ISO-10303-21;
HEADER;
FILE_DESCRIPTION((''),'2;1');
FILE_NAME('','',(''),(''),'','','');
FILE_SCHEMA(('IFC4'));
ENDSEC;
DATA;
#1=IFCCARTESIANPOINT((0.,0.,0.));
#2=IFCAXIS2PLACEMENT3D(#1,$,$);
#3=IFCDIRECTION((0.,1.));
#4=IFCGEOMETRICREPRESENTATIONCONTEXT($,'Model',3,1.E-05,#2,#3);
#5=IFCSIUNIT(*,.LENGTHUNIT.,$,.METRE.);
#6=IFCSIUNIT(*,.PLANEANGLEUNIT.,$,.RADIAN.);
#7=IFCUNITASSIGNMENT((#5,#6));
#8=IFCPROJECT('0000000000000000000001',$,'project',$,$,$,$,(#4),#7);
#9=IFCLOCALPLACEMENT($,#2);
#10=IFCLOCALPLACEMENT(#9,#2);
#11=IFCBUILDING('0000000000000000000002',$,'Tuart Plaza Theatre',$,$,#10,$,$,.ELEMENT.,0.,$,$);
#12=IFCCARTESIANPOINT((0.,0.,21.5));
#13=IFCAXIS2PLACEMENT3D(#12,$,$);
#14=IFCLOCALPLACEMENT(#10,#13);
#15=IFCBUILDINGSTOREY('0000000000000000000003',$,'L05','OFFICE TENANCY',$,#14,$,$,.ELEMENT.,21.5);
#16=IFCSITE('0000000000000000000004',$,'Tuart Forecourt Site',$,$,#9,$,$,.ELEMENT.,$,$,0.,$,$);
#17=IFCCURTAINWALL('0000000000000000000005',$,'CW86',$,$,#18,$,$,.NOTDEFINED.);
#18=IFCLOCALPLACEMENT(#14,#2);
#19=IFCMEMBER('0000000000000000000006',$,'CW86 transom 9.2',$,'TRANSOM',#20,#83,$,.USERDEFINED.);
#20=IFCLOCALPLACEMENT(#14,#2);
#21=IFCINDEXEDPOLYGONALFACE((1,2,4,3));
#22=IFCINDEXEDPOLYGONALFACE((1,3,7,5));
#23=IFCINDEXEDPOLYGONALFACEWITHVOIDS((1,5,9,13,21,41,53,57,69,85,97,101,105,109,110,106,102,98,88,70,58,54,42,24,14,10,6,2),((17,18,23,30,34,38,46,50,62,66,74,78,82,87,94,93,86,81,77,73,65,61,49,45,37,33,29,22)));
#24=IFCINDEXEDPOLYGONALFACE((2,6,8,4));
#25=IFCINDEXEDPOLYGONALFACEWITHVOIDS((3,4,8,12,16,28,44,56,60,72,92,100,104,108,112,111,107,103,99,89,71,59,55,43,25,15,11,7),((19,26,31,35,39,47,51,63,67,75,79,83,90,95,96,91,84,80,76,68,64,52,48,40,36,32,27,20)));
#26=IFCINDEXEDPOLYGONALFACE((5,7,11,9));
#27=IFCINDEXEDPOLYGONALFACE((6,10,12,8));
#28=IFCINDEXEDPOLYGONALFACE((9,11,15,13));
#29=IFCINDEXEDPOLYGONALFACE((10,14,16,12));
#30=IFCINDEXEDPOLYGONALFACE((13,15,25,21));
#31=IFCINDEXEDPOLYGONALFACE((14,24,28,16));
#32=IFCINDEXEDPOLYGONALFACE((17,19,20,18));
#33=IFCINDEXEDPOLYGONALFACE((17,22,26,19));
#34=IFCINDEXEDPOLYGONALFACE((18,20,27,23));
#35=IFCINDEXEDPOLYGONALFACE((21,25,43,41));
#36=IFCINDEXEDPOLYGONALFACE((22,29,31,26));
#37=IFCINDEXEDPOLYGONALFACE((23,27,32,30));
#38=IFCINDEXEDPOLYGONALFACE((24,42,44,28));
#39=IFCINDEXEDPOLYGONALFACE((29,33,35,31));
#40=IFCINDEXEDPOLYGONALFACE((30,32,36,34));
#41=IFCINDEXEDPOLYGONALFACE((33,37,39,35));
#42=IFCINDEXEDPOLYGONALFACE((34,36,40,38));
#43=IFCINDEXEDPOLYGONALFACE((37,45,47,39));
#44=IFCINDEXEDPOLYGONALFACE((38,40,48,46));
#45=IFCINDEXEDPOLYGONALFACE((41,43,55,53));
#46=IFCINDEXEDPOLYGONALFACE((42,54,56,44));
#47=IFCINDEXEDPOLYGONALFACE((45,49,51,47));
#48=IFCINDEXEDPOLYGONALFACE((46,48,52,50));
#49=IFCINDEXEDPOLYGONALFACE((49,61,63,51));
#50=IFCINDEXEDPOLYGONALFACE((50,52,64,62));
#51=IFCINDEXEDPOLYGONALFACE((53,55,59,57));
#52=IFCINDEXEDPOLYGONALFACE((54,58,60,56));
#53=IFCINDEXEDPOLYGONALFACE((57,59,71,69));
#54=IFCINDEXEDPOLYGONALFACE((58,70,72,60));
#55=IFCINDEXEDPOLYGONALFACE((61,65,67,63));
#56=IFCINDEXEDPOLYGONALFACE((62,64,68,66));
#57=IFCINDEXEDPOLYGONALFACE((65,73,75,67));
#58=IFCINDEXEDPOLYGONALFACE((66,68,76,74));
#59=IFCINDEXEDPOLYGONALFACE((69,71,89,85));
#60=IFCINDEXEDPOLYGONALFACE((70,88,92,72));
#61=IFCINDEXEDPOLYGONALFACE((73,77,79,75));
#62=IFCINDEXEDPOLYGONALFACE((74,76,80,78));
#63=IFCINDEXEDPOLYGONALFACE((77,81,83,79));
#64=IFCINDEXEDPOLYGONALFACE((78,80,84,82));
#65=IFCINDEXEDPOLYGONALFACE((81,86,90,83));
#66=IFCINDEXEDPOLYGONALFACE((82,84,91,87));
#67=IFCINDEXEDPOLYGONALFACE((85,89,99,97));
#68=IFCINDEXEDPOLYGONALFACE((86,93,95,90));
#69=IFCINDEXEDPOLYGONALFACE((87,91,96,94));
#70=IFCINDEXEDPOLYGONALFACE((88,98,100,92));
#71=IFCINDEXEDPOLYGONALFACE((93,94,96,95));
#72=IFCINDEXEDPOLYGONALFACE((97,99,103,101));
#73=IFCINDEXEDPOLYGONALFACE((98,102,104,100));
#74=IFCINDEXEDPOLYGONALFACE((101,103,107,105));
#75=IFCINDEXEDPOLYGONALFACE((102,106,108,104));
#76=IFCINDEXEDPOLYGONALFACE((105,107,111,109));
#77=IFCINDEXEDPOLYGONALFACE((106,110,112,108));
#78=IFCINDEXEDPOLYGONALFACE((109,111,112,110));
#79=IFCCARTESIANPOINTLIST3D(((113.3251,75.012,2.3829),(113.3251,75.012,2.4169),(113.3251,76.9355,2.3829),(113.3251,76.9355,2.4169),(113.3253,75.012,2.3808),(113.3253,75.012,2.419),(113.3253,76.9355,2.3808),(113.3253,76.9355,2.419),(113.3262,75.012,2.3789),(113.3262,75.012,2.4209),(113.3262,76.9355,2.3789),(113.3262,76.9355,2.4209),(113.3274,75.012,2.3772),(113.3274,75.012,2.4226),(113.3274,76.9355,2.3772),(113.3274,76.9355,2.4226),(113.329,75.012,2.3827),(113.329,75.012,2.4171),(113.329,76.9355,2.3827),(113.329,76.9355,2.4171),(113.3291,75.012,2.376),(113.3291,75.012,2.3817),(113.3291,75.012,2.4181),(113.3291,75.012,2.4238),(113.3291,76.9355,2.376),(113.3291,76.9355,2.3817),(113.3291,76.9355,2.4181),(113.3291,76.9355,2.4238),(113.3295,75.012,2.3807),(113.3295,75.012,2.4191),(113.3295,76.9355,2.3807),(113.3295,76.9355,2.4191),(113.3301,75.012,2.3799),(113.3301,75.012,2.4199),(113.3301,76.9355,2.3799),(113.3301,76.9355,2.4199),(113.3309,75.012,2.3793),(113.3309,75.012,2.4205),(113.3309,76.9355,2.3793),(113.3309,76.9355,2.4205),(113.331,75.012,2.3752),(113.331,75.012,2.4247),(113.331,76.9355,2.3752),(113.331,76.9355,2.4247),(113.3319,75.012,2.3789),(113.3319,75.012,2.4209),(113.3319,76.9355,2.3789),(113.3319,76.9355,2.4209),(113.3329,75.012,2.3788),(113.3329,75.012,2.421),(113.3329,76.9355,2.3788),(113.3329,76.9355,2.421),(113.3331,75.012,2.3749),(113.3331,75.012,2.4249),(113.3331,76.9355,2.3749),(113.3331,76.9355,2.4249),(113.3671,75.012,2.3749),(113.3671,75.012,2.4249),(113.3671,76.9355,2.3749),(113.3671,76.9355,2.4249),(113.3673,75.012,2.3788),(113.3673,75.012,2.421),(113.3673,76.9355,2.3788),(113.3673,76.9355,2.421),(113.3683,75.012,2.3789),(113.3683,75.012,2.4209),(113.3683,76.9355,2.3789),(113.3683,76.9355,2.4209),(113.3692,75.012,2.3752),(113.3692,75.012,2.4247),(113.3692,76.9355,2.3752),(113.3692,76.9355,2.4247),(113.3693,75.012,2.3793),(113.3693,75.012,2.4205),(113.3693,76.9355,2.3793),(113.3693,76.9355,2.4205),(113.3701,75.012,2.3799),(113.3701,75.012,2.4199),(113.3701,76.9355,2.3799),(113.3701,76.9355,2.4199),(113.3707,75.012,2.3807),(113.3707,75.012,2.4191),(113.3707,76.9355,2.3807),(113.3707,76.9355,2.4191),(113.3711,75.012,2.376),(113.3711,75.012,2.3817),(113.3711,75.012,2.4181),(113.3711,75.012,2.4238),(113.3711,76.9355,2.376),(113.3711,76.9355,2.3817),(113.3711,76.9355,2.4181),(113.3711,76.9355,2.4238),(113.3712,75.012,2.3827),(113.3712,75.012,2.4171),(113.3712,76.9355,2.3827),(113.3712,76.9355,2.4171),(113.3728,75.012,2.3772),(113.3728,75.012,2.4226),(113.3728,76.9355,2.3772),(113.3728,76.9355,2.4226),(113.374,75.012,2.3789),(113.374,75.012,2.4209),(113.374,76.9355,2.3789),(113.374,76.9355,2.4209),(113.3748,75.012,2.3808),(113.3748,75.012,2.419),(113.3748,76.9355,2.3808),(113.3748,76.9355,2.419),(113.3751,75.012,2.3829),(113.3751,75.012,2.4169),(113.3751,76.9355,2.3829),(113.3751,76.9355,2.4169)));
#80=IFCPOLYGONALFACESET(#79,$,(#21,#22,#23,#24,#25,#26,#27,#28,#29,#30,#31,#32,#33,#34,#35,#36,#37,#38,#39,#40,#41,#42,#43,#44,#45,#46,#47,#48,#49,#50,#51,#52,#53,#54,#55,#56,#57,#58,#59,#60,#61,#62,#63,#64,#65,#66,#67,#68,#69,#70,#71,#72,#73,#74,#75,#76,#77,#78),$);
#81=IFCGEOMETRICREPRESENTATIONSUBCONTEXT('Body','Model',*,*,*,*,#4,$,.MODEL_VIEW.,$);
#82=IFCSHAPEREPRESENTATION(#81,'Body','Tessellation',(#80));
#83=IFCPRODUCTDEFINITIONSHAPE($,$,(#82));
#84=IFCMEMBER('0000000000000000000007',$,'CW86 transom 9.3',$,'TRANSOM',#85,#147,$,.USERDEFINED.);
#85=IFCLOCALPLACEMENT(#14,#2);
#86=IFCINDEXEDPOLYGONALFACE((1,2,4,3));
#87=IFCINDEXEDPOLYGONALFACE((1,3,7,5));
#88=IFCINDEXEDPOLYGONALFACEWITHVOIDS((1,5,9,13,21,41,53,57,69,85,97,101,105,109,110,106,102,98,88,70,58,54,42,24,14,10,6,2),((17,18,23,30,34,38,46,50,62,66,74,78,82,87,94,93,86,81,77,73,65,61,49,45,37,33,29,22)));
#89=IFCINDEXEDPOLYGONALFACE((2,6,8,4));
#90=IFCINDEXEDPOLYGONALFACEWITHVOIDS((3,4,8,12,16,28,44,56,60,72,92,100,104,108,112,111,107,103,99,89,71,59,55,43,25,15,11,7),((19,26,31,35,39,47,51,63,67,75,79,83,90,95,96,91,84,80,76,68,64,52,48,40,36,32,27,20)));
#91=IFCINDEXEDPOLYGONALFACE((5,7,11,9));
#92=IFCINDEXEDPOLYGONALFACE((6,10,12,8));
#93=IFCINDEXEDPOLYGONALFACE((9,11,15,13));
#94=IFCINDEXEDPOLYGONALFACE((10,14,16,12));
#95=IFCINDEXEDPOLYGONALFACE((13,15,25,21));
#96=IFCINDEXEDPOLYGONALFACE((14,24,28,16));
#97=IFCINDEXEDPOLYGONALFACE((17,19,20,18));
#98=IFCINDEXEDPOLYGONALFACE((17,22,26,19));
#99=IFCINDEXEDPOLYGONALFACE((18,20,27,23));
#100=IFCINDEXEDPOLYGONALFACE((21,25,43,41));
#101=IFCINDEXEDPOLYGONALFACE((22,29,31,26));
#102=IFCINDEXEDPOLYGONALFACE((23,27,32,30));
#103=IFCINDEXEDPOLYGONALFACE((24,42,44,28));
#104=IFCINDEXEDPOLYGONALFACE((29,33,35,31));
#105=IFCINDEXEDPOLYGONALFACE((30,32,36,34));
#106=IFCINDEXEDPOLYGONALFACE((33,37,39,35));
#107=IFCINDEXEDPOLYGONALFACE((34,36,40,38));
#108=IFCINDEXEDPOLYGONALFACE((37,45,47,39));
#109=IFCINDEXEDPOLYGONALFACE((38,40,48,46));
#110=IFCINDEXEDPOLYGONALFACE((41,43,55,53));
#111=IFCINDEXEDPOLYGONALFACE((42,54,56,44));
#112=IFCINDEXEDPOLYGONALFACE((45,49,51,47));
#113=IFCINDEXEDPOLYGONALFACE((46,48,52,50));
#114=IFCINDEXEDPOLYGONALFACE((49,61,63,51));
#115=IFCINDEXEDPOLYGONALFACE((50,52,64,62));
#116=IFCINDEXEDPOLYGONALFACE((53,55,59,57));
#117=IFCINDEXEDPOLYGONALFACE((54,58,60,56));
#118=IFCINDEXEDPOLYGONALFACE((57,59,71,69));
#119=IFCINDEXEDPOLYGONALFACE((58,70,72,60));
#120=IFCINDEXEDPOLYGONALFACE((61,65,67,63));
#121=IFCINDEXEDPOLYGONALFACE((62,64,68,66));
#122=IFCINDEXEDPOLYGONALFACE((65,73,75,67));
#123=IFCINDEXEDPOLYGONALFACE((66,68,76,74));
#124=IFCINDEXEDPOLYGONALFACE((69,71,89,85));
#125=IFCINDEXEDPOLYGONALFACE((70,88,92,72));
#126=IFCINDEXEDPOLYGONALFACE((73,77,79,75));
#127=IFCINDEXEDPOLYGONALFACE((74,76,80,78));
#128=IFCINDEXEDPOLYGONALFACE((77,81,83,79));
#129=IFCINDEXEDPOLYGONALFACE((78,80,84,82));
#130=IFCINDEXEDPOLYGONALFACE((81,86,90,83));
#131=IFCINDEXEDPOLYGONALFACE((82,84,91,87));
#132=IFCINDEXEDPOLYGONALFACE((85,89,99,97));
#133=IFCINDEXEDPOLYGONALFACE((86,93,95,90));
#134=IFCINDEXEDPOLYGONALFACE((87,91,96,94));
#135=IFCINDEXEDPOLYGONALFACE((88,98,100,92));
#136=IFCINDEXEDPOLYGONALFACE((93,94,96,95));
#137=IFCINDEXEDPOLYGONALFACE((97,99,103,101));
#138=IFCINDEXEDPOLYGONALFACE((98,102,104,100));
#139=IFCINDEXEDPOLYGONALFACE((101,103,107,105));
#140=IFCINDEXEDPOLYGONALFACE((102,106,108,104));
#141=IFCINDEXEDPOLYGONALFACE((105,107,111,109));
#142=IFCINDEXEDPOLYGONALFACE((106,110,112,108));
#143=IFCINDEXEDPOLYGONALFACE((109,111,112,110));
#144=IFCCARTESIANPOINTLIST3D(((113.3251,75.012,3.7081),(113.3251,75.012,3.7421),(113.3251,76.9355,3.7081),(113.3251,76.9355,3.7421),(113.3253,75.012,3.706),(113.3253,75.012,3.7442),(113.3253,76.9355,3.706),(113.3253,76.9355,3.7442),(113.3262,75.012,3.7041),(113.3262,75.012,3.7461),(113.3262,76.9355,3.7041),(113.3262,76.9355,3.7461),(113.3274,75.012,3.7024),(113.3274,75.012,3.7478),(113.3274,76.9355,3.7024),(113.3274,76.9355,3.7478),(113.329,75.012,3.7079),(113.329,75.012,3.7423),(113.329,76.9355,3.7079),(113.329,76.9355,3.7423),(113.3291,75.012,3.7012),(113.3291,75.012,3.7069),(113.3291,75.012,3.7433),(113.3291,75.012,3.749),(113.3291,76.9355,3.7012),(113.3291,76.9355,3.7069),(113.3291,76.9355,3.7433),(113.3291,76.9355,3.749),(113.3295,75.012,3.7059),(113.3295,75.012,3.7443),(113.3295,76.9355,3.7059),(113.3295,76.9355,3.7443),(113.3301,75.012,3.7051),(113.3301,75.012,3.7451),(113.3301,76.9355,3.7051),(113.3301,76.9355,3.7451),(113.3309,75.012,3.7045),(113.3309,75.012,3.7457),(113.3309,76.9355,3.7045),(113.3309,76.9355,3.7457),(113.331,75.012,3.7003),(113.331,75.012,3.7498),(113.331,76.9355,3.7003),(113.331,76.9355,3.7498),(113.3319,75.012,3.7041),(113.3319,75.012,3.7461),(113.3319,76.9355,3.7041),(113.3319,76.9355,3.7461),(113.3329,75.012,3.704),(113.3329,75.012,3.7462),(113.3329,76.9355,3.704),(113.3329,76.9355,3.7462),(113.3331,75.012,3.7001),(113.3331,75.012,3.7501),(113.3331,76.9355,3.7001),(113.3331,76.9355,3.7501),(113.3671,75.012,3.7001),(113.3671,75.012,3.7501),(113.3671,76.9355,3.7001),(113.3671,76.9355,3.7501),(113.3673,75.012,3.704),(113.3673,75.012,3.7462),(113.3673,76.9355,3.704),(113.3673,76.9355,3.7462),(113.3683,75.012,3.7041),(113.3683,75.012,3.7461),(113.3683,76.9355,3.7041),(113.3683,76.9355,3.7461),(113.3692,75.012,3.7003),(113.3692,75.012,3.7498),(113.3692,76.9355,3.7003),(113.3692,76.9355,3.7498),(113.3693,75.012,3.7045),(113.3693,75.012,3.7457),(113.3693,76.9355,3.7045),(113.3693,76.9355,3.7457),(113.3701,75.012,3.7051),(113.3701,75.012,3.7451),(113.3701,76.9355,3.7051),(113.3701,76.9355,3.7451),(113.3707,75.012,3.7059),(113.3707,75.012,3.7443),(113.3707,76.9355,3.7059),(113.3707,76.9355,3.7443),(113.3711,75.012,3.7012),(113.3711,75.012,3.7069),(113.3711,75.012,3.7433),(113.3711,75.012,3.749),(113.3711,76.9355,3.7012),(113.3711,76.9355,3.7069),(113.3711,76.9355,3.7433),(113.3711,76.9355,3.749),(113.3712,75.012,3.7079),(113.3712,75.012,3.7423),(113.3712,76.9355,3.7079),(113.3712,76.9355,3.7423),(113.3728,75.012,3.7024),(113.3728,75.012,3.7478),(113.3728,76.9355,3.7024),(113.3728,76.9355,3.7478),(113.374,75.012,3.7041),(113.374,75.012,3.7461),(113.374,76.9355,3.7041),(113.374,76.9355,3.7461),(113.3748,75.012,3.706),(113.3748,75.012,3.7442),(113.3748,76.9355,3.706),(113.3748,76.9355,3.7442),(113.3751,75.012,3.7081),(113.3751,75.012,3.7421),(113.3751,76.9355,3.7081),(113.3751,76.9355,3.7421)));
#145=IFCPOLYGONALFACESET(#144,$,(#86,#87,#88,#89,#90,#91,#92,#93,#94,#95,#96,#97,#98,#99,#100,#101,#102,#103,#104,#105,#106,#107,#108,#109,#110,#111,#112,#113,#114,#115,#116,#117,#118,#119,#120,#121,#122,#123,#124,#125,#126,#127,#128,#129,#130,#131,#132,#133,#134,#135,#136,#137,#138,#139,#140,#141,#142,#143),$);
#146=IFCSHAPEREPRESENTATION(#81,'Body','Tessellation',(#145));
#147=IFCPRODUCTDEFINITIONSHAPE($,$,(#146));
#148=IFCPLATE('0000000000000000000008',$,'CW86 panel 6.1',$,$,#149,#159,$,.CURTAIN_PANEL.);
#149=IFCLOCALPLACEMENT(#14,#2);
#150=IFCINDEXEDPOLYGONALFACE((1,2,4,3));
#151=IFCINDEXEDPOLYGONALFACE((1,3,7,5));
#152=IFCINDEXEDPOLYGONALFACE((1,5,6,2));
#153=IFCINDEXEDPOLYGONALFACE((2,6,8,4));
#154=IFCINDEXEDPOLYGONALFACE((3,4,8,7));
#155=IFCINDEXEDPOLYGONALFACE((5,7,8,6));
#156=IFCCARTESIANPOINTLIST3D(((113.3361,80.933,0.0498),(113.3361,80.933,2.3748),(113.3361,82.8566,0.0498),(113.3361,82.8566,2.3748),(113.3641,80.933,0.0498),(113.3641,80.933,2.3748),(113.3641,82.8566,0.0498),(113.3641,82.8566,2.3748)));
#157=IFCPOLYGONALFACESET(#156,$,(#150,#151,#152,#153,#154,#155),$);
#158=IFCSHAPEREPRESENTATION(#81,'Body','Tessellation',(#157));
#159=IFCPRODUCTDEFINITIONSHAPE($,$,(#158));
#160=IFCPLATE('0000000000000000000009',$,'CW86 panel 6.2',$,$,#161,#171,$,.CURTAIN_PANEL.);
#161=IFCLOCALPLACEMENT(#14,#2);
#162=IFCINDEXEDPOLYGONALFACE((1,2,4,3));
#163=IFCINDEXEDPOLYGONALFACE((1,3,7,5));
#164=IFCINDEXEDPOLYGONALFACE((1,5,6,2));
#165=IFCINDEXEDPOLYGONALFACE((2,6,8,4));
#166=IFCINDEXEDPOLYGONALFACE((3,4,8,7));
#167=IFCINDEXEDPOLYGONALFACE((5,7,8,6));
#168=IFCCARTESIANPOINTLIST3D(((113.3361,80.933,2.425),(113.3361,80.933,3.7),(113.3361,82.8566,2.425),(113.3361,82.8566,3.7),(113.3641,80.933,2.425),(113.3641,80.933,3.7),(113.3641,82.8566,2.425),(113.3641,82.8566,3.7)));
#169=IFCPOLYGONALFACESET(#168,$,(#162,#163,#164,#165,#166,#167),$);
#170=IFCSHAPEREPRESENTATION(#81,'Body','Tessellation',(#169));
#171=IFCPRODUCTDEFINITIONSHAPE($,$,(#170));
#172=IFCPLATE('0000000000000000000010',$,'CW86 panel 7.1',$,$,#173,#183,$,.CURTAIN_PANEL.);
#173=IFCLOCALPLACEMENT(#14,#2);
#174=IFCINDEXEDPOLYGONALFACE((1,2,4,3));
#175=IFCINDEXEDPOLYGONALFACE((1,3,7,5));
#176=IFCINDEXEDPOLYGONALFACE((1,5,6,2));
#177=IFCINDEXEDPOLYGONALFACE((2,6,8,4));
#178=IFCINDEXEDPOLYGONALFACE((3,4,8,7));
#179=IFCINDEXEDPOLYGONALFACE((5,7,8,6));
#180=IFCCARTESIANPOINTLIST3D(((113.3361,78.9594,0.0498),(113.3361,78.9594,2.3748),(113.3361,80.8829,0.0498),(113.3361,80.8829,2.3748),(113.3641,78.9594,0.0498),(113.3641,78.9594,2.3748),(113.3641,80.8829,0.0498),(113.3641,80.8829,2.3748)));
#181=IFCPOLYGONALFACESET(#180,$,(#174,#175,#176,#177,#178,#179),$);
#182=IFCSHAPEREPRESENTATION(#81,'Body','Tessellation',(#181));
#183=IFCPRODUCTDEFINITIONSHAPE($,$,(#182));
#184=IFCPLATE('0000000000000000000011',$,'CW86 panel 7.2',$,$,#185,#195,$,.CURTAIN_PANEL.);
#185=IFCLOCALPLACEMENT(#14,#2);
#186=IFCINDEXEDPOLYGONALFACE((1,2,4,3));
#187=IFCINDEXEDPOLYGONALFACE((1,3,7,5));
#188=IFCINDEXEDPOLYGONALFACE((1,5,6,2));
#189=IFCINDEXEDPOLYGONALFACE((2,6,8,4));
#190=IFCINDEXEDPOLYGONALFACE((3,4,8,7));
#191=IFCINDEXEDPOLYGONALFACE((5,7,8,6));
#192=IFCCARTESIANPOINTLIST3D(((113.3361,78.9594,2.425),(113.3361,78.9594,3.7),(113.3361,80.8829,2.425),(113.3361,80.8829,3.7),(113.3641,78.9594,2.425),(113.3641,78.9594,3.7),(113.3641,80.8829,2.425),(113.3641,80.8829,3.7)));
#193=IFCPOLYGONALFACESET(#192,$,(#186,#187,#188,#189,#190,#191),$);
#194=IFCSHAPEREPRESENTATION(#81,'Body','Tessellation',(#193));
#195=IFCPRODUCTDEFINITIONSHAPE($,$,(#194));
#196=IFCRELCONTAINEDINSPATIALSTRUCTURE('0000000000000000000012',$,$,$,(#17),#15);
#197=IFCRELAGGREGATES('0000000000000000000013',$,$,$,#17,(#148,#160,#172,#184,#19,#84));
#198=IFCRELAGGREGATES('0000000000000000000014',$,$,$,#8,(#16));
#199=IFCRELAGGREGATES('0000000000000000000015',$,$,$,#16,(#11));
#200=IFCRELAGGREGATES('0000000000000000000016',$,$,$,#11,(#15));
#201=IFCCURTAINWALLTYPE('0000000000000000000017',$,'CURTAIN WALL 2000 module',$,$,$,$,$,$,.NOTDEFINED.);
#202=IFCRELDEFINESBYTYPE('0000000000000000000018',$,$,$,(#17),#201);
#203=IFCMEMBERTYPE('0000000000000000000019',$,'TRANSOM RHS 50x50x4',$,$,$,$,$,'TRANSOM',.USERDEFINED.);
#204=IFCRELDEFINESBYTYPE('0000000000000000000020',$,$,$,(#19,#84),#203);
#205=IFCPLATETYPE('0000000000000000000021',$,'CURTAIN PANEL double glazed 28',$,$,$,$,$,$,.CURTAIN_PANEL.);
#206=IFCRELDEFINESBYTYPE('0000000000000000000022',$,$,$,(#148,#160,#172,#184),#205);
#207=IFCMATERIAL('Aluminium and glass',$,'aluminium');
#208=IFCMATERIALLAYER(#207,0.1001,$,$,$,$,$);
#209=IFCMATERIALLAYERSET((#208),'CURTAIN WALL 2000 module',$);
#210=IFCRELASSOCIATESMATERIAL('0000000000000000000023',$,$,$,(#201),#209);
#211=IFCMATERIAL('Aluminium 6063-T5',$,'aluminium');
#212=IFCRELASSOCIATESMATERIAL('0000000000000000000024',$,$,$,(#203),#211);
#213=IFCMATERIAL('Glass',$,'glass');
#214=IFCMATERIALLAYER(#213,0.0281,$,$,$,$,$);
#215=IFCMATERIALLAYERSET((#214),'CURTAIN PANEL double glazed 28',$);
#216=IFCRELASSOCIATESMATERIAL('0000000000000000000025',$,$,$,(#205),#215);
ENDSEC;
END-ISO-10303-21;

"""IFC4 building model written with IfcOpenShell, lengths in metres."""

from ifc_helpers import new_model, si_unit, direction, frame, origin, origin_2d, place, context, subcontext, project, spatial, rectangle, hollow_rectangle, extrude, material, layer, layer_set, material_profile, profile_set, type_object, element, aggregate, save


model = new_model("IFC4")

# Units and contexts
model_context = context("Model", 3, precision=1e-05, world=origin(), true_north=direction((0.0, 1.0)))
body_context = subcontext(model_context, "Body", "Model", "MODEL_VIEW")
ifc_project = project(units=[si_unit("LENGTHUNIT", "METRE"), si_unit("PLANEANGLEUNIT", "RADIAN")], contexts=[model_context])

# Site, building, storey
site_placement = place(None, origin())
site = spatial("IfcSite", under=ifc_project, at=site_placement, Name="Tuart Forecourt Site", CompositionType="ELEMENT", RefElevation=0.0)
building_placement = place(site_placement, origin())
building = spatial("IfcBuilding", under=site, at=building_placement, Name="Tuart Plaza Theatre", CompositionType="ELEMENT", ElevationOfRefHeight=0.0)
storey_placement = place(building_placement, frame((0.0, 0.0, 21.5)))
storey = spatial("IfcBuildingStorey", under=building, at=storey_placement, Name="L05", Description="OFFICE TENANCY", CompositionType="ELEMENT", Elevation=21.5)

# Curtain wall, members, plates
ifc_material_1 = material(Name="Aluminium and glass", Category="aluminium")
ifc_layer_1 = layer(ifc_material_1, 0.1001)
ifc_layer_set_1 = layer_set([ifc_layer_1], Name="CURTAIN WALL 2000 module")
curtain_wall_type = type_object("IfcCurtainWallType", Name="CURTAIN WALL 2000 module", PredefinedType="NOTDEFINED", material=ifc_layer_set_1)
curtain_wall_placement = place(storey_placement, origin())
curtain_wall = element("IfcCurtainWall", 1, at=curtain_wall_placement, inside=storey, type_object=curtain_wall_type, Name="CW86", PredefinedType="NOTDEFINED")
ifc_material_2 = material(Name="Aluminium 6063-T5", Category="aluminium")
ifc_material_profile_1 = material_profile(ifc_material_2, hollow_rectangle(XDim=0.05, YDim=0.05, WallThickness=0.0039, InnerFilletRadius=0.0039, OuterFilletRadius=0.0081, at=origin_2d()), Name="RHS 50x50x4")
ifc_profile_set_1 = profile_set([ifc_material_profile_1], Name="Aluminium 6063-T5")
member_type_1 = type_object("IfcMemberType", Name="TRANSOM RHS 50x50x4", ElementType="TRANSOM", PredefinedType="USERDEFINED", material=ifc_profile_set_1)
member_1_placement = place(storey_placement, frame((113.3501, 76.9355, 2.3999), z_axis=(0.0, -1.0, 0.0), x_axis=(1.0, 0.0, 0.0)))
member_1 = element("IfcMember", 2, at=member_1_placement, type_object=member_type_1, Name="CW86 transom 9.2", ObjectType="TRANSOM", PredefinedType="USERDEFINED", context=body_context, shape_type="SweptSolid", body=[
    extrude(hollow_rectangle(XDim=0.05, YDim=0.05, WallThickness=0.0039, InnerFilletRadius=0.0039, OuterFilletRadius=0.0081, at=origin_2d()), origin(), (0.0, 0.0, 1.0), 1.9236),
])
member_2_placement = place(storey_placement, frame((113.3501, 76.9355, 3.7251), z_axis=(0.0, -1.0, 0.0), x_axis=(1.0, 0.0, 0.0)))
member_2 = element("IfcMember", 3, at=member_2_placement, type_object=member_type_1, Name="CW86 transom 9.3", ObjectType="TRANSOM", PredefinedType="USERDEFINED", context=body_context, shape_type="SweptSolid", body=[
    extrude(hollow_rectangle(XDim=0.05, YDim=0.05, WallThickness=0.0039, InnerFilletRadius=0.0039, OuterFilletRadius=0.0081, at=origin_2d()), origin(), (0.0, 0.0, 1.0), 1.9236),
])
ifc_material_3 = material(Name="Glass", Category="glass")
ifc_layer_2 = layer(ifc_material_3, 0.0281)
ifc_layer_set_2 = layer_set([ifc_layer_2], Name="CURTAIN PANEL double glazed 28")
plate_type = type_object("IfcPlateType", Name="CURTAIN PANEL double glazed 28", PredefinedType="CURTAIN_PANEL", material=ifc_layer_set_2)
plate_1_placement = place(storey_placement, frame((113.3501, 81.8948, 0.0498), z_axis=(0.0, 0.0, 1.0), x_axis=(0.0, -1.0, 0.0)))
plate_1 = element("IfcPlate", 4, at=plate_1_placement, type_object=plate_type, Name="CW86 panel 6.1", PredefinedType="CURTAIN_PANEL", context=body_context, shape_type="SweptSolid", body=[
    extrude(rectangle(XDim=1.9236, YDim=0.0281, at=origin_2d()), origin(), (0.0, 0.0, 1.0), 2.325),
])
plate_2_placement = place(storey_placement, frame((113.3501, 81.8948, 2.425), z_axis=(0.0, 0.0, 1.0), x_axis=(0.0, -1.0, 0.0)))
plate_2 = element("IfcPlate", 5, at=plate_2_placement, type_object=plate_type, Name="CW86 panel 6.2", PredefinedType="CURTAIN_PANEL", context=body_context, shape_type="SweptSolid", body=[
    extrude(rectangle(XDim=1.9236, YDim=0.0281, at=origin_2d()), origin(), (0.0, 0.0, 1.0), 1.2749),
])
plate_3_placement = place(storey_placement, frame((113.3501, 79.9211, 0.0498), z_axis=(0.0, 0.0, 1.0), x_axis=(0.0, -1.0, 0.0)))
plate_3 = element("IfcPlate", 6, at=plate_3_placement, type_object=plate_type, Name="CW86 panel 7.1", PredefinedType="CURTAIN_PANEL", context=body_context, shape_type="SweptSolid", body=[
    extrude(rectangle(XDim=1.9236, YDim=0.0281, at=origin_2d()), origin(), (0.0, 0.0, 1.0), 2.325),
])
plate_4_placement = place(storey_placement, frame((113.3501, 79.9211, 2.425), z_axis=(0.0, 0.0, 1.0), x_axis=(0.0, -1.0, 0.0)))
plate_4 = element("IfcPlate", 7, at=plate_4_placement, type_object=plate_type, Name="CW86 panel 7.2", PredefinedType="CURTAIN_PANEL", context=body_context, shape_type="SweptSolid", body=[
    extrude(rectangle(XDim=1.9236, YDim=0.0281, at=origin_2d()), origin(), (0.0, 0.0, 1.0), 1.2749),
])
aggregate(curtain_wall, [plate_1, plate_2, plate_3, plate_4, member_1, member_2])

save(model, "model.ifc")
